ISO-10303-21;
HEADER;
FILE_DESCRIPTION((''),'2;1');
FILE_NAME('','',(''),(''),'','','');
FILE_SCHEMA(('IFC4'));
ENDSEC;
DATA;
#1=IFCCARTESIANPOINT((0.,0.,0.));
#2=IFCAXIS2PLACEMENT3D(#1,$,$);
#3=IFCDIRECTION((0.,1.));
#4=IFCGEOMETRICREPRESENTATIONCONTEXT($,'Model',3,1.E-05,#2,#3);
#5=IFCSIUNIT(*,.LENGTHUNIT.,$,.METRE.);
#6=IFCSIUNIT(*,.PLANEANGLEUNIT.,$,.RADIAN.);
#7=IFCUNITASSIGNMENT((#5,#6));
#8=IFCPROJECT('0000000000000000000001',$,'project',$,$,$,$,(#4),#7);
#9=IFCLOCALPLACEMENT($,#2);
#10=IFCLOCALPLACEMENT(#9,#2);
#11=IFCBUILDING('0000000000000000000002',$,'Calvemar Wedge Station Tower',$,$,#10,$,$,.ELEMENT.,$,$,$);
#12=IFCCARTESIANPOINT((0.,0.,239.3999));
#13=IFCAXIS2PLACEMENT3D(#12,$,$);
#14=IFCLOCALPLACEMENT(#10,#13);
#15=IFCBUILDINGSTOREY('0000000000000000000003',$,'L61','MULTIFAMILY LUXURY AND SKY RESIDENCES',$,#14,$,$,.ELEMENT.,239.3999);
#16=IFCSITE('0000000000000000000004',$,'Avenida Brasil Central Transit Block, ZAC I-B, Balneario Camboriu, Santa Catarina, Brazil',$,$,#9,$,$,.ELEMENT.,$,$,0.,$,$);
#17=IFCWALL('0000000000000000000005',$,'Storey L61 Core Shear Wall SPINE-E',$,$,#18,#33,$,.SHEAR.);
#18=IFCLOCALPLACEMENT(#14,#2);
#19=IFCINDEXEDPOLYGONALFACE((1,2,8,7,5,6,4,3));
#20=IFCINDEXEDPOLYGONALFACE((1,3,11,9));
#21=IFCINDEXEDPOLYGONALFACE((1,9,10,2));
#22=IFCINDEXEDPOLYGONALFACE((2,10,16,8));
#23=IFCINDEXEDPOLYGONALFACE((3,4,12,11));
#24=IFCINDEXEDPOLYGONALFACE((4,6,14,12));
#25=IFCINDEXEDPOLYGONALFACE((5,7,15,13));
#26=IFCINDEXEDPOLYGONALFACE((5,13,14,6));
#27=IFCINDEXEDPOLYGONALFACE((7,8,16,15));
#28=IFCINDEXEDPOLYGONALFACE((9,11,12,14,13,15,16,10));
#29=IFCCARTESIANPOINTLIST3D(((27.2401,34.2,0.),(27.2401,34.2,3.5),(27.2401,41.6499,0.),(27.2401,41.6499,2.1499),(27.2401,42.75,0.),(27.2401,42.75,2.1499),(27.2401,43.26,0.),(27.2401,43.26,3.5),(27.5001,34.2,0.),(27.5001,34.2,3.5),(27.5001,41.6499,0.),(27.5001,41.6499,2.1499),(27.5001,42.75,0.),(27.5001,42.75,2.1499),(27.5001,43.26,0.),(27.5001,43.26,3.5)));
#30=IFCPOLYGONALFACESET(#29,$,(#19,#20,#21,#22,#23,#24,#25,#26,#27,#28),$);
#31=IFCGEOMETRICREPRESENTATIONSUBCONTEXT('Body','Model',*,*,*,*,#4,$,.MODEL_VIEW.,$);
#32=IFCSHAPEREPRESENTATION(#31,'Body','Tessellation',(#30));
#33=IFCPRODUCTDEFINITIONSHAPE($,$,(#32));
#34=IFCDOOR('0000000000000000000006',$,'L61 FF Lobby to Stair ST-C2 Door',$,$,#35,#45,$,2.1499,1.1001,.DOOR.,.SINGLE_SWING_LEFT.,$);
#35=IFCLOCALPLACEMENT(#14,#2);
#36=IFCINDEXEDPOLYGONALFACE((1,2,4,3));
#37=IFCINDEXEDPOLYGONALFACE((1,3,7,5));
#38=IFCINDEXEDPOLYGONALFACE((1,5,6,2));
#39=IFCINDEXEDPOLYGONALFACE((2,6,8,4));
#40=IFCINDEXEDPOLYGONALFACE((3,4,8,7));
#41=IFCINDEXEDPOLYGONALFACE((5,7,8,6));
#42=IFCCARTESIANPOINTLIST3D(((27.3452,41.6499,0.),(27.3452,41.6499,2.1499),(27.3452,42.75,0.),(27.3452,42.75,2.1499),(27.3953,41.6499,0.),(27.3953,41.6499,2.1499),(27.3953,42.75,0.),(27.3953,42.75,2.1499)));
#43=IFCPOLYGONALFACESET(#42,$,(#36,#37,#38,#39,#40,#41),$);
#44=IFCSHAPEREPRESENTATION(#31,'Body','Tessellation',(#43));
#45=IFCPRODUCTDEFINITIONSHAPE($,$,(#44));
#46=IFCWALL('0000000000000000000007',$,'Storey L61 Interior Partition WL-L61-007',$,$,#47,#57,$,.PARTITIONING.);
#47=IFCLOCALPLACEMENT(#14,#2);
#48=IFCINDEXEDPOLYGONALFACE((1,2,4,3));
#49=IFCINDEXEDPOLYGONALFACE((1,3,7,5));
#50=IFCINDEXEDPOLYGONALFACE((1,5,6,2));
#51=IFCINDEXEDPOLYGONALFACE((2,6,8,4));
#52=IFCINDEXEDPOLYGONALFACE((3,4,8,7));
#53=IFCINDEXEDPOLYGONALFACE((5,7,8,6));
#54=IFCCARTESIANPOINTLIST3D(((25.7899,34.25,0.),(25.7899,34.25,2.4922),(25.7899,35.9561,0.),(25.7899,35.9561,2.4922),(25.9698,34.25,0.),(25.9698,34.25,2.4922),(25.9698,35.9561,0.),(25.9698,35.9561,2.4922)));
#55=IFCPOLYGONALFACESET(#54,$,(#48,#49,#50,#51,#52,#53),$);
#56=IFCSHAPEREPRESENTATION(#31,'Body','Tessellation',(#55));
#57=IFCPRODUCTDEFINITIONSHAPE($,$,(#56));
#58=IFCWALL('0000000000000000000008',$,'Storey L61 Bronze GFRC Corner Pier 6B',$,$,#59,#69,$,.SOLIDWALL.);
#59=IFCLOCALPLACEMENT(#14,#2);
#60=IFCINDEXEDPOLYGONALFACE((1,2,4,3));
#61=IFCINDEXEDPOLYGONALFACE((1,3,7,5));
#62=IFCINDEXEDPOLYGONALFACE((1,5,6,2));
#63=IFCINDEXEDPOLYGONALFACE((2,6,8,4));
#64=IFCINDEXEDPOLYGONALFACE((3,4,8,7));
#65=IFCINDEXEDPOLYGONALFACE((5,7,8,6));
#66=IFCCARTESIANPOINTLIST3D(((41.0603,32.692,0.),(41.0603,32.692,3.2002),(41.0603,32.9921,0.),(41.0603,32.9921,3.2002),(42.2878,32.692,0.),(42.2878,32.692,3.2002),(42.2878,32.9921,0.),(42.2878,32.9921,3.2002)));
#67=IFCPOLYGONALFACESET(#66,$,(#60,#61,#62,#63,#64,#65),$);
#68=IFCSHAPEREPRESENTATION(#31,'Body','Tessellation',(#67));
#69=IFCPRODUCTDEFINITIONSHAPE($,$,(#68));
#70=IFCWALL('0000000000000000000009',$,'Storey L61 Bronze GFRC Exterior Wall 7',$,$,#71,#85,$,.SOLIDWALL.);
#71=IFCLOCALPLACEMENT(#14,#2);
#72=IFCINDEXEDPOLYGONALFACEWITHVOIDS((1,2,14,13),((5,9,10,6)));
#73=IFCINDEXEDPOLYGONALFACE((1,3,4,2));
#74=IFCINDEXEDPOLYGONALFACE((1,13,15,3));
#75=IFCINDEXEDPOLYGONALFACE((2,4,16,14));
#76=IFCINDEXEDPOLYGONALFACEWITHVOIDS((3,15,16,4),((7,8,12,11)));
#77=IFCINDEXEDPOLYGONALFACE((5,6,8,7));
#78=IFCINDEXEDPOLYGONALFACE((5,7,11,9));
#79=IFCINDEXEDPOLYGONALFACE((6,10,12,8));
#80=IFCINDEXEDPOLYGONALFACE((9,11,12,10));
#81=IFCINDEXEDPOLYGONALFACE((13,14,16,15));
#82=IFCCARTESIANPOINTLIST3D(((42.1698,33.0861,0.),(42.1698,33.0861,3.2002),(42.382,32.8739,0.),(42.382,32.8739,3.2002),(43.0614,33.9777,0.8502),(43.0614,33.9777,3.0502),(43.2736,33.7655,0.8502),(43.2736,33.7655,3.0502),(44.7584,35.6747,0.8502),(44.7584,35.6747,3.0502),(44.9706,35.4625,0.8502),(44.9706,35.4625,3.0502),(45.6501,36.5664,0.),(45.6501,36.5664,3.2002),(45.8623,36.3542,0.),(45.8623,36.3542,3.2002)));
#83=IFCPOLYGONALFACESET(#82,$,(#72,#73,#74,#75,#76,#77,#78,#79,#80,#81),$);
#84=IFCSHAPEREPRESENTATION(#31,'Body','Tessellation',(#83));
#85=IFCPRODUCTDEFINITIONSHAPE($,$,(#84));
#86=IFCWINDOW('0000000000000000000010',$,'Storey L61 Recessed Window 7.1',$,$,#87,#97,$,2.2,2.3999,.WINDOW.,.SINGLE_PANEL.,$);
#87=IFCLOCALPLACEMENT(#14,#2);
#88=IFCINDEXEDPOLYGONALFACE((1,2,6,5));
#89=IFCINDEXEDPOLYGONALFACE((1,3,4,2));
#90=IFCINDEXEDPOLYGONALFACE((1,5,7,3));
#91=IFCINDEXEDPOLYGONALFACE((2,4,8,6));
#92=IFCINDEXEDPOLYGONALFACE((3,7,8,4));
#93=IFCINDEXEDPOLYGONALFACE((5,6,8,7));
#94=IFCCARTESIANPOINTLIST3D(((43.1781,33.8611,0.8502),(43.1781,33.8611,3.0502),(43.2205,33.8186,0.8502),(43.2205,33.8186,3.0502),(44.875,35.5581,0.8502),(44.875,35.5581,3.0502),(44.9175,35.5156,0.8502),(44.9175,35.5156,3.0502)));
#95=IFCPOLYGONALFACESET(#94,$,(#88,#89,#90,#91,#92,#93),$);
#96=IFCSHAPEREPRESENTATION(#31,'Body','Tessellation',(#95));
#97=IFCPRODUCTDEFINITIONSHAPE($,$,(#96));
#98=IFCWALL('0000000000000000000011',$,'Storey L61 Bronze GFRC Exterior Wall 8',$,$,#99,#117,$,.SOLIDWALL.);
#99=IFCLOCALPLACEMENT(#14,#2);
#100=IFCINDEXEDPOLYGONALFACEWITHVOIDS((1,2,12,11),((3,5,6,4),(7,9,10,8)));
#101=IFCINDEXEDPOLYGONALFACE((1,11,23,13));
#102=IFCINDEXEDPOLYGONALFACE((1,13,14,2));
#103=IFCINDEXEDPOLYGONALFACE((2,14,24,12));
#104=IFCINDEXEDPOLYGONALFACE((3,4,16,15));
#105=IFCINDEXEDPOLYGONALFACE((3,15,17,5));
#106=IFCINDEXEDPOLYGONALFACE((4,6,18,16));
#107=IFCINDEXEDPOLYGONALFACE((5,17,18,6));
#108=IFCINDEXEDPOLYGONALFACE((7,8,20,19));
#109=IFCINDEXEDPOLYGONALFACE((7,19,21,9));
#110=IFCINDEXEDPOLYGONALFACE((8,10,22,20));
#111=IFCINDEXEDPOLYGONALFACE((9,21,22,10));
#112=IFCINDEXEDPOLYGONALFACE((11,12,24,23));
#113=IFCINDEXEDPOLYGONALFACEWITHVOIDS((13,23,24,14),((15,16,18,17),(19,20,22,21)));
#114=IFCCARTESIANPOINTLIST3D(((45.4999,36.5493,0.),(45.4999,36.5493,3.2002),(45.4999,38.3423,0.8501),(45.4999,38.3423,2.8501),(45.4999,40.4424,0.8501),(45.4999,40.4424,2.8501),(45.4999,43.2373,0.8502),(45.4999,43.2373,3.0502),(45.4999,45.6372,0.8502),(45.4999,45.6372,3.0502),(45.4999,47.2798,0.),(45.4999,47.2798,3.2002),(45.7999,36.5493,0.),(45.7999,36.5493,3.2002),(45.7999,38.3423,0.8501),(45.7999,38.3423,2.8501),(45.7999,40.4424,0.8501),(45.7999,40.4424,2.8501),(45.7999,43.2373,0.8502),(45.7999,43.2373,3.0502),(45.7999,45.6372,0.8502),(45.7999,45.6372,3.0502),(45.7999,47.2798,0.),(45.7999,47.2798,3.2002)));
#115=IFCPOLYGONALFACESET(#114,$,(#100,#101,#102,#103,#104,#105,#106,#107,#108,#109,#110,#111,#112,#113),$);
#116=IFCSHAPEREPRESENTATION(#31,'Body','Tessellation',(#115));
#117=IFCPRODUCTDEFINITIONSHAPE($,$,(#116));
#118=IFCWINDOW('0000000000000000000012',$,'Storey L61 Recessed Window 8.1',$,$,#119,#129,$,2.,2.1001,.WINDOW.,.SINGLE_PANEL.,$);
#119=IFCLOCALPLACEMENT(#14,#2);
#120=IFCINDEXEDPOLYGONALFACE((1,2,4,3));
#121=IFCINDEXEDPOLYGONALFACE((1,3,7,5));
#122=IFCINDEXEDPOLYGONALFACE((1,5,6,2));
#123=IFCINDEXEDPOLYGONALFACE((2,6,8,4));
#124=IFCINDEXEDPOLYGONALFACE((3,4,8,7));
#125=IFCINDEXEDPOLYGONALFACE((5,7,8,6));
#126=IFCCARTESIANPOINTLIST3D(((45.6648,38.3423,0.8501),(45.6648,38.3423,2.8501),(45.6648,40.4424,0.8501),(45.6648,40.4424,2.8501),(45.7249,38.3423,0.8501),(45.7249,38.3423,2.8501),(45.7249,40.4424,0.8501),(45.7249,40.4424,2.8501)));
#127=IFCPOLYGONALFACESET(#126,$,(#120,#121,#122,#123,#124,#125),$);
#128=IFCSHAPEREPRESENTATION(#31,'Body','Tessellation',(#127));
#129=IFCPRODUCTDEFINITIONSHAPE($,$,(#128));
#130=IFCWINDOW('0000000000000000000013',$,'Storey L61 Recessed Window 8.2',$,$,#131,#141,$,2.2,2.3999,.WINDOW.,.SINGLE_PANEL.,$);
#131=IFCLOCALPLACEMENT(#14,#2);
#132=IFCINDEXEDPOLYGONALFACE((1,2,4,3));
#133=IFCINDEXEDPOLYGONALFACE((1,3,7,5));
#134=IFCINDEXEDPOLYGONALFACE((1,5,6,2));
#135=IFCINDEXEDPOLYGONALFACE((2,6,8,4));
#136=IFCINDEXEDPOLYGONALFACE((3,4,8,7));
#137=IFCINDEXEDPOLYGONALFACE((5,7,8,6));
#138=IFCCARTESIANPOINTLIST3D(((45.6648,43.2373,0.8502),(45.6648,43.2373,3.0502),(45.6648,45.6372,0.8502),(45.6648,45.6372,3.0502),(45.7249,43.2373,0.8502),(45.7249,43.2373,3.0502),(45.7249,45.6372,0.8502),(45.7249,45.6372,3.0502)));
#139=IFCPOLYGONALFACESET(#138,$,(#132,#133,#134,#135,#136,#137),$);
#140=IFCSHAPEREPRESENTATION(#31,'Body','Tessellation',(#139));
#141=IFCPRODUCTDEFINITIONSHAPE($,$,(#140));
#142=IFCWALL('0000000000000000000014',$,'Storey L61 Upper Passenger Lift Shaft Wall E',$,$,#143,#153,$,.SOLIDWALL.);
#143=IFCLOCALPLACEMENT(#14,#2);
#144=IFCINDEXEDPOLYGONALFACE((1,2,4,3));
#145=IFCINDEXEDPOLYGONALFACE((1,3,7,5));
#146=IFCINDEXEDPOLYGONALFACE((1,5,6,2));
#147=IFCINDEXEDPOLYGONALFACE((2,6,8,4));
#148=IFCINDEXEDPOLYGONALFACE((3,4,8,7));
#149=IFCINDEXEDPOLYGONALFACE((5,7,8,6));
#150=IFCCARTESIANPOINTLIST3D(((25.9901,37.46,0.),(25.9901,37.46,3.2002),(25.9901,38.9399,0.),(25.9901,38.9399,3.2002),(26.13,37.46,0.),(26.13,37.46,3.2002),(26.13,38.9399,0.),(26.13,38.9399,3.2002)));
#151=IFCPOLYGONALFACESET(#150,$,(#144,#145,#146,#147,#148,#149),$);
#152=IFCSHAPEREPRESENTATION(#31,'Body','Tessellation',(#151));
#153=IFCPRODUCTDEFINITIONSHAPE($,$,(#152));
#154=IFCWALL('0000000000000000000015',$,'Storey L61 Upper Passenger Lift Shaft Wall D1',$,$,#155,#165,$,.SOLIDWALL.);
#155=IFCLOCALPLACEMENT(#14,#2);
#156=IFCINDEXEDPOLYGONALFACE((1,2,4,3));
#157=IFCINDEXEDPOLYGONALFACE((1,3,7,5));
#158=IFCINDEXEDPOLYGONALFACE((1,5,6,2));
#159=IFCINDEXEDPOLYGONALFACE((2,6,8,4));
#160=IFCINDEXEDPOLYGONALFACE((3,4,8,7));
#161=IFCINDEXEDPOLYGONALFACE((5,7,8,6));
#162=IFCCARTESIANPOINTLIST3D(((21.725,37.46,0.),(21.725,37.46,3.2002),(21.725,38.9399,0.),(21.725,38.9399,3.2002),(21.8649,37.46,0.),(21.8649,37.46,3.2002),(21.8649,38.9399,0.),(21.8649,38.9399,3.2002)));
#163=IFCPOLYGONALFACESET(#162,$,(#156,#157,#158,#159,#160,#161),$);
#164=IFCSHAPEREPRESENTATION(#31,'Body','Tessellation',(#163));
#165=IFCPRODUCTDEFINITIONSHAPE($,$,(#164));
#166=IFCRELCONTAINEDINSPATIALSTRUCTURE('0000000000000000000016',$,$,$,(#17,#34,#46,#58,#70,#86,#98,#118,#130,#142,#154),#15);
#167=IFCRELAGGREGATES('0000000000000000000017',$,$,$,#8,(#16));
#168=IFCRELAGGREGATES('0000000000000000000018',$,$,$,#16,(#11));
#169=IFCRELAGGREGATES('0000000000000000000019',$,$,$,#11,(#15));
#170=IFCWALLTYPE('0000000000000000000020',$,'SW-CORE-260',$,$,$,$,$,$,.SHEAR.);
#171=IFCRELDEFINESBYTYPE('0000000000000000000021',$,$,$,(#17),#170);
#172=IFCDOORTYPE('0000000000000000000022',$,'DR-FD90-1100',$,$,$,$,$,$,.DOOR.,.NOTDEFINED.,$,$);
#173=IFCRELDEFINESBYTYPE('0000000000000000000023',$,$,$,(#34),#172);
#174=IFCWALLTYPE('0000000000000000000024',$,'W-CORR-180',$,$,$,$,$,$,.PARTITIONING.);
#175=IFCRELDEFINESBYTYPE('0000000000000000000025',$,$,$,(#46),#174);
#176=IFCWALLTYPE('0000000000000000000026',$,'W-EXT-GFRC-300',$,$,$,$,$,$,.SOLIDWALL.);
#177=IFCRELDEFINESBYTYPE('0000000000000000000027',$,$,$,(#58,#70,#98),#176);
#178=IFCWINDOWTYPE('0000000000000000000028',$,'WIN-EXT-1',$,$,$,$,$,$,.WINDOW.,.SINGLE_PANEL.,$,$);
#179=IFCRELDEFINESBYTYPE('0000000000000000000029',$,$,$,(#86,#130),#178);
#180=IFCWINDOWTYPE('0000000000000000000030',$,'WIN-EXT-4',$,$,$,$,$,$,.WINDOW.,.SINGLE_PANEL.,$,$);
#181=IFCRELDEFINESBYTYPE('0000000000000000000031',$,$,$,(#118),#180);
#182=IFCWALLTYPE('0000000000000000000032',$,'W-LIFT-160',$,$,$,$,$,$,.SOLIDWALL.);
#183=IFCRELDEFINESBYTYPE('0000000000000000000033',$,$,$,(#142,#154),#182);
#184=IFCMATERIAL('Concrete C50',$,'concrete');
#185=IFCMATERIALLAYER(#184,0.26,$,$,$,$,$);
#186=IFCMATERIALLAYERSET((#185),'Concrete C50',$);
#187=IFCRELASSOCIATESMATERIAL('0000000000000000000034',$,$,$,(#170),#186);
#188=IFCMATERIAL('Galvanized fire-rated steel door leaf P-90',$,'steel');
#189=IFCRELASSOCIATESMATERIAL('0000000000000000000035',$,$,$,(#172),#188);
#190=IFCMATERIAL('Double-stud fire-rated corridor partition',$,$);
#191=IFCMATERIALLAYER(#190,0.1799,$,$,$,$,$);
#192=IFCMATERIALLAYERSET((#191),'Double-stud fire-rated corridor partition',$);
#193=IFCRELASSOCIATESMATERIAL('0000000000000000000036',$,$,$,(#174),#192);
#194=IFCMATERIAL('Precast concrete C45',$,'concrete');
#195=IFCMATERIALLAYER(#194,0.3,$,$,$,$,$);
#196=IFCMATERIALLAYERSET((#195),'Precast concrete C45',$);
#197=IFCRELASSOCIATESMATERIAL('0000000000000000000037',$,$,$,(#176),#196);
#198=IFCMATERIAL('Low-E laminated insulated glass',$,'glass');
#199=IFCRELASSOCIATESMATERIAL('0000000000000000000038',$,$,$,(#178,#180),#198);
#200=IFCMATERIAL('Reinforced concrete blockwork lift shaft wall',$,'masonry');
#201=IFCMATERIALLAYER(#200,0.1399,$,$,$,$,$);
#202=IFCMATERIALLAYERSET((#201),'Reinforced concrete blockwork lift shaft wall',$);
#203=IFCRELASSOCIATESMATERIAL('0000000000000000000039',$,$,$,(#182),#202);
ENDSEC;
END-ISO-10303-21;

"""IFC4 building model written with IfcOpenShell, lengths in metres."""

from ifc_helpers import new_model, si_unit, direction, frame, frame_2d, origin, place, context, subcontext, project, spatial, rectangle, extrude, source, transform, mapped, material, layer, layer_set, type_object, element, fill, save


model = new_model("IFC4")

# Units and contexts
model_context = context("Model", 3, precision=1e-05, world=origin(), true_north=direction((0.0, 1.0)))
body_context = subcontext(model_context, "Body", "Model", "MODEL_VIEW")
ifc_project = project(units=[si_unit("LENGTHUNIT", "METRE"), si_unit("PLANEANGLEUNIT", "RADIAN")], contexts=[model_context])

# Site, building, storey
site_placement = place(None, origin())
site = spatial("IfcSite", under=ifc_project, at=site_placement, Name="Avenida Brasil Central Transit Block, ZAC I-B, Balneario Camboriu, Santa Catarina, Brazil", CompositionType="ELEMENT", RefElevation=0.0)
building_placement = place(site_placement, origin())
building = spatial("IfcBuilding", under=site, at=building_placement, Name="Calvemar Wedge Station Tower", CompositionType="ELEMENT")
storey_placement = place(building_placement, frame((0.0, 0.0, 239.3999)))
storey = spatial("IfcBuildingStorey", under=building, at=storey_placement, Name="L61", Description="MULTIFAMILY LUXURY AND SKY RESIDENCES", CompositionType="ELEMENT", Elevation=239.3999)

# Shared definitions
ifc_material_1 = material(Name="Concrete C50", Category="concrete")

# Shared definitions
ifc_material_2 = material(Name="Low-E laminated insulated glass", Category="glass")

# Wall, opening, door
ifc_layer_1 = layer(ifc_material_1, 0.26)
ifc_layer_set_1 = layer_set([ifc_layer_1], Name="Concrete C50")
wall_type_1 = type_object("IfcWallType", Name="SW-CORE-260", PredefinedType="SHEAR", material=ifc_layer_set_1)
wall_1_placement = place(storey_placement, frame((27.3701, 34.2, 0.0), z_axis=(0.0, 0.0, 1.0), x_axis=(0.0, 1.0, 0.0)))
wall_1 = element("IfcWall", 1, at=wall_1_placement, inside=storey, type_object=wall_type_1, Name="Storey L61 Core Shear Wall SPINE-E", PredefinedType="SHEAR", context=body_context, shape_type="SweptSolid", body=[
    extrude(rectangle(XDim=9.0601, YDim=0.26, at=frame_2d((4.53, 0.0))), origin(), (0.0, 0.0, 1.0), 3.5),
])
shared_shape_1 = source(origin(), body_context, "Body", "SweptSolid", [
    extrude(rectangle(XDim=1.1001, YDim=2.1499, at=frame_2d((0.55, 1.075))), frame((0.0, 0.1401, 0.0), z_axis=(0.0, -1.0, 0.0), x_axis=(1.0, 0.0, 0.0)), (0.0, 0.0, 1.0), 0.28),
])
opening_1_placement = place(wall_1_placement, frame((7.45, 0.0, 0.0)))
opening_1 = element("IfcOpeningElement", 2, at=opening_1_placement, cuts=wall_1, PredefinedType="OPENING", context=body_context, shape_type="MappedRepresentation", body=[
    mapped(shared_shape_1, transform((0.0, 0.0, 0.0), scale=1.0)),
])
ifc_material_3 = material(Name="Galvanized fire-rated steel door leaf P-90", Category="steel")
door_type = type_object("IfcDoorType", Name="DR-FD90-1100", OperationType="NOTDEFINED", PredefinedType="DOOR", material=ifc_material_3)
shared_shape_2 = source(origin(), body_context, "Body", "SweptSolid", [
    extrude(rectangle(XDim=1.1001, YDim=2.1499, at=frame_2d((0.55, 1.075))), frame((0.0, 0.0249, 0.0), z_axis=(0.0, -1.0, 0.0), x_axis=(1.0, 0.0, 0.0)), (0.0, 0.0, 1.0), 0.05),
])
door_1_placement = place(opening_1_placement, origin())
door_1 = element("IfcDoor", 3, at=door_1_placement, inside=storey, type_object=door_type, Name="L61 FF Lobby to Stair ST-C2 Door", OperationType="SINGLE_SWING_LEFT", OverallHeight=2.1499, OverallWidth=1.1001, PredefinedType="DOOR", context=body_context, shape_type="MappedRepresentation", body=[
    mapped(shared_shape_2, transform((0.0, 0.0, 0.0), scale=1.0)),
])
fill(opening_1, door_1)

# Walls
ifc_material_4 = material(Name="Double-stud fire-rated corridor partition")
ifc_layer_2 = layer(ifc_material_4, 0.1799)
ifc_layer_set_2 = layer_set([ifc_layer_2], Name="Double-stud fire-rated corridor partition")
wall_type_2 = type_object("IfcWallType", Name="W-CORR-180", PredefinedType="PARTITIONING", material=ifc_layer_set_2)
wall_2_placement = place(storey_placement, frame((25.8799, 35.9561, 0.0), z_axis=(0.0, 0.0, 1.0), x_axis=(0.0, -1.0, 0.0)))
element("IfcWall", 4, at=wall_2_placement, inside=storey, type_object=wall_type_2, Name="Storey L61 Interior Partition WL-L61-007", PredefinedType="PARTITIONING", context=body_context, shape_type="SweptSolid", body=[
    extrude(rectangle(XDim=1.7061, YDim=0.1799, at=frame_2d((0.853, 0.0))), origin(), (0.0, 0.0, 1.0), 2.4922),
])
ifc_material_5 = material(Name="Precast concrete C45", Category="concrete")
ifc_layer_3 = layer(ifc_material_5, 0.3)
ifc_layer_set_3 = layer_set([ifc_layer_3], Name="Precast concrete C45")
wall_type_3 = type_object("IfcWallType", Name="W-EXT-GFRC-300", PredefinedType="SOLIDWALL", material=ifc_layer_set_3)
wall_3_placement = place(storey_placement, frame((41.0603, 32.842, 0.0), z_axis=(0.0, 0.0, 1.0), x_axis=(1.0, 0.0, 0.0)))
element("IfcWall", 5, at=wall_3_placement, inside=storey, type_object=wall_type_3, Name="Storey L61 Bronze GFRC Corner Pier 6B", PredefinedType="SOLIDWALL", context=body_context, shape_type="SweptSolid", body=[
    extrude(rectangle(XDim=1.2275, YDim=0.3, at=frame_2d((0.6138, 0.0))), origin(), (0.0, 0.0, 1.0), 3.2002),
])

# Wall, opening, window
wall_4_placement = place(storey_placement, frame((42.2759, 32.98, 0.0), z_axis=(0.0, 0.0, 1.0), x_axis=(0.707107, 0.707107, 0.0)))
wall_4 = element("IfcWall", 6, at=wall_4_placement, inside=storey, type_object=wall_type_3, Name="Storey L61 Bronze GFRC Exterior Wall 7", PredefinedType="SOLIDWALL", context=body_context, shape_type="SweptSolid", body=[
    extrude(rectangle(XDim=4.9219, YDim=0.3, at=frame_2d((2.4609, 0.0))), origin(), (0.0, 0.0, 1.0), 3.2002),
])
shared_shape_3 = source(origin(), body_context, "Body", "SweptSolid", [
    extrude(rectangle(XDim=2.3999, YDim=2.2, at=frame_2d((1.2, 1.1001))), frame((0.0, 0.1602, 0.0), z_axis=(0.0, -1.0, 0.0), x_axis=(1.0, 0.0, 0.0)), (0.0, 0.0, 1.0), 0.3201),
])
opening_2_placement = place(wall_4_placement, frame((1.261, 0.0, 0.8501)))
opening_2 = element("IfcOpeningElement", 7, at=opening_2_placement, cuts=wall_4, PredefinedType="OPENING", context=body_context, shape_type="MappedRepresentation", body=[
    mapped(shared_shape_3, transform((0.0, 0.0, 0.0), scale=1.0)),
])
window_type_1 = type_object("IfcWindowType", Name="WIN-EXT-1", PartitioningType="SINGLE_PANEL", PredefinedType="WINDOW", material=ifc_material_2)
shared_shape_4 = source(origin(), body_context, "Body", "SweptSolid", [
    extrude(rectangle(XDim=2.3999, YDim=2.2, at=frame_2d((1.2, 1.1001))), frame((0.0, -0.0149, 0.0), z_axis=(0.0, -1.0, 0.0), x_axis=(1.0, 0.0, 0.0)), (0.0, 0.0, 1.0), 0.0601),
])
window_1_placement = place(opening_2_placement, origin())
window_1 = element("IfcWindow", 8, at=window_1_placement, inside=storey, type_object=window_type_1, Name="Storey L61 Recessed Window 7.1", OverallHeight=2.2, OverallWidth=2.3999, PartitioningType="SINGLE_PANEL", PredefinedType="WINDOW", context=body_context, shape_type="MappedRepresentation", body=[
    mapped(shared_shape_4, transform((0.0, 0.0, 0.0), scale=1.0)),
])
fill(opening_2, window_1)

# Wall, openings, windows
wall_5_placement = place(storey_placement, frame((45.6499, 36.5493, 0.0), z_axis=(0.0, 0.0, 1.0), x_axis=(0.0, 1.0, 0.0)))
wall_5 = element("IfcWall", 9, at=wall_5_placement, inside=storey, type_object=wall_type_3, Name="Storey L61 Bronze GFRC Exterior Wall 8", PredefinedType="SOLIDWALL", context=body_context, shape_type="SweptSolid", body=[
    extrude(rectangle(XDim=10.7305, YDim=0.3, at=frame_2d((5.3652, 0.0))), origin(), (0.0, 0.0, 1.0), 3.2002),
])
shared_shape_5 = source(origin(), body_context, "Body", "SweptSolid", [
    extrude(rectangle(XDim=2.1001, YDim=2.0, at=frame_2d((1.05, 1.0))), frame((0.0, 0.1602, 0.0), z_axis=(0.0, -1.0, 0.0), x_axis=(1.0, 0.0, 0.0)), (0.0, 0.0, 1.0), 0.3201),
])
opening_3_placement = place(wall_5_placement, frame((1.793, 0.0, 0.8501)))
opening_3 = element("IfcOpeningElement", 10, at=opening_3_placement, cuts=wall_5, PredefinedType="OPENING", context=body_context, shape_type="MappedRepresentation", body=[
    mapped(shared_shape_5, transform((0.0, 0.0, 0.0), scale=1.0)),
])
opening_4_placement = place(wall_5_placement, frame((6.688, 0.0, 0.8501)))
opening_4 = element("IfcOpeningElement", 11, at=opening_4_placement, cuts=wall_5, PredefinedType="OPENING", context=body_context, shape_type="MappedRepresentation", body=[
    mapped(shared_shape_3, transform((0.0, 0.0, 0.0), scale=1.0)),
])
window_type_2 = type_object("IfcWindowType", Name="WIN-EXT-4", PartitioningType="SINGLE_PANEL", PredefinedType="WINDOW", material=ifc_material_2)
shared_shape_6 = source(origin(), body_context, "Body", "SweptSolid", [
    extrude(rectangle(XDim=2.1001, YDim=2.0, at=frame_2d((1.05, 1.0))), frame((0.0, -0.0149, 0.0), z_axis=(0.0, -1.0, 0.0), x_axis=(1.0, 0.0, 0.0)), (0.0, 0.0, 1.0), 0.0601),
])
window_2_placement = place(opening_3_placement, origin())
window_2 = element("IfcWindow", 12, at=window_2_placement, inside=storey, type_object=window_type_2, Name="Storey L61 Recessed Window 8.1", OverallHeight=2.0, OverallWidth=2.1001, PartitioningType="SINGLE_PANEL", PredefinedType="WINDOW", context=body_context, shape_type="MappedRepresentation", body=[
    mapped(shared_shape_6, transform((0.0, 0.0, 0.0), scale=1.0)),
])
fill(opening_3, window_2)
window_3_placement = place(opening_4_placement, origin())
window_3 = element("IfcWindow", 13, at=window_3_placement, inside=storey, type_object=window_type_1, Name="Storey L61 Recessed Window 8.2", OverallHeight=2.2, OverallWidth=2.3999, PartitioningType="SINGLE_PANEL", PredefinedType="WINDOW", context=body_context, shape_type="MappedRepresentation", body=[
    mapped(shared_shape_4, transform((0.0, 0.0, 0.0), scale=1.0)),
])
fill(opening_4, window_3)

# Walls
ifc_material_6 = material(Name="Reinforced concrete blockwork lift shaft wall", Category="masonry")
ifc_layer_4 = layer(ifc_material_6, 0.1399)
ifc_layer_set_4 = layer_set([ifc_layer_4], Name="Reinforced concrete blockwork lift shaft wall")
wall_type_4 = type_object("IfcWallType", Name="W-LIFT-160", PredefinedType="SOLIDWALL", material=ifc_layer_set_4)
for number, where, z_axis, x_axis, name in (
    (14, (26.0601, 37.46, 0.0), (0.0, 0.0, 1.0), (0.0, 1.0, 0.0), "Storey L61 Upper Passenger Lift Shaft Wall E"),
    (15, (21.7949, 37.46, 0.0), (0.0, 0.0, 1.0), (0.0, 1.0, 0.0), "Storey L61 Upper Passenger Lift Shaft Wall D1"),
):
    element("IfcWall", number, at=place(storey_placement, frame(where, z_axis=z_axis, x_axis=x_axis)), inside=storey, type_object=wall_type_4, Name=name, PredefinedType="SOLIDWALL", context=body_context, shape_type="SweptSolid", body=[
        extrude(rectangle(XDim=1.48, YDim=0.1399, at=frame_2d((0.74, 0.0))), origin(), (0.0, 0.0, 1.0), 3.2002),
    ])

save(model, "model.ifc")
